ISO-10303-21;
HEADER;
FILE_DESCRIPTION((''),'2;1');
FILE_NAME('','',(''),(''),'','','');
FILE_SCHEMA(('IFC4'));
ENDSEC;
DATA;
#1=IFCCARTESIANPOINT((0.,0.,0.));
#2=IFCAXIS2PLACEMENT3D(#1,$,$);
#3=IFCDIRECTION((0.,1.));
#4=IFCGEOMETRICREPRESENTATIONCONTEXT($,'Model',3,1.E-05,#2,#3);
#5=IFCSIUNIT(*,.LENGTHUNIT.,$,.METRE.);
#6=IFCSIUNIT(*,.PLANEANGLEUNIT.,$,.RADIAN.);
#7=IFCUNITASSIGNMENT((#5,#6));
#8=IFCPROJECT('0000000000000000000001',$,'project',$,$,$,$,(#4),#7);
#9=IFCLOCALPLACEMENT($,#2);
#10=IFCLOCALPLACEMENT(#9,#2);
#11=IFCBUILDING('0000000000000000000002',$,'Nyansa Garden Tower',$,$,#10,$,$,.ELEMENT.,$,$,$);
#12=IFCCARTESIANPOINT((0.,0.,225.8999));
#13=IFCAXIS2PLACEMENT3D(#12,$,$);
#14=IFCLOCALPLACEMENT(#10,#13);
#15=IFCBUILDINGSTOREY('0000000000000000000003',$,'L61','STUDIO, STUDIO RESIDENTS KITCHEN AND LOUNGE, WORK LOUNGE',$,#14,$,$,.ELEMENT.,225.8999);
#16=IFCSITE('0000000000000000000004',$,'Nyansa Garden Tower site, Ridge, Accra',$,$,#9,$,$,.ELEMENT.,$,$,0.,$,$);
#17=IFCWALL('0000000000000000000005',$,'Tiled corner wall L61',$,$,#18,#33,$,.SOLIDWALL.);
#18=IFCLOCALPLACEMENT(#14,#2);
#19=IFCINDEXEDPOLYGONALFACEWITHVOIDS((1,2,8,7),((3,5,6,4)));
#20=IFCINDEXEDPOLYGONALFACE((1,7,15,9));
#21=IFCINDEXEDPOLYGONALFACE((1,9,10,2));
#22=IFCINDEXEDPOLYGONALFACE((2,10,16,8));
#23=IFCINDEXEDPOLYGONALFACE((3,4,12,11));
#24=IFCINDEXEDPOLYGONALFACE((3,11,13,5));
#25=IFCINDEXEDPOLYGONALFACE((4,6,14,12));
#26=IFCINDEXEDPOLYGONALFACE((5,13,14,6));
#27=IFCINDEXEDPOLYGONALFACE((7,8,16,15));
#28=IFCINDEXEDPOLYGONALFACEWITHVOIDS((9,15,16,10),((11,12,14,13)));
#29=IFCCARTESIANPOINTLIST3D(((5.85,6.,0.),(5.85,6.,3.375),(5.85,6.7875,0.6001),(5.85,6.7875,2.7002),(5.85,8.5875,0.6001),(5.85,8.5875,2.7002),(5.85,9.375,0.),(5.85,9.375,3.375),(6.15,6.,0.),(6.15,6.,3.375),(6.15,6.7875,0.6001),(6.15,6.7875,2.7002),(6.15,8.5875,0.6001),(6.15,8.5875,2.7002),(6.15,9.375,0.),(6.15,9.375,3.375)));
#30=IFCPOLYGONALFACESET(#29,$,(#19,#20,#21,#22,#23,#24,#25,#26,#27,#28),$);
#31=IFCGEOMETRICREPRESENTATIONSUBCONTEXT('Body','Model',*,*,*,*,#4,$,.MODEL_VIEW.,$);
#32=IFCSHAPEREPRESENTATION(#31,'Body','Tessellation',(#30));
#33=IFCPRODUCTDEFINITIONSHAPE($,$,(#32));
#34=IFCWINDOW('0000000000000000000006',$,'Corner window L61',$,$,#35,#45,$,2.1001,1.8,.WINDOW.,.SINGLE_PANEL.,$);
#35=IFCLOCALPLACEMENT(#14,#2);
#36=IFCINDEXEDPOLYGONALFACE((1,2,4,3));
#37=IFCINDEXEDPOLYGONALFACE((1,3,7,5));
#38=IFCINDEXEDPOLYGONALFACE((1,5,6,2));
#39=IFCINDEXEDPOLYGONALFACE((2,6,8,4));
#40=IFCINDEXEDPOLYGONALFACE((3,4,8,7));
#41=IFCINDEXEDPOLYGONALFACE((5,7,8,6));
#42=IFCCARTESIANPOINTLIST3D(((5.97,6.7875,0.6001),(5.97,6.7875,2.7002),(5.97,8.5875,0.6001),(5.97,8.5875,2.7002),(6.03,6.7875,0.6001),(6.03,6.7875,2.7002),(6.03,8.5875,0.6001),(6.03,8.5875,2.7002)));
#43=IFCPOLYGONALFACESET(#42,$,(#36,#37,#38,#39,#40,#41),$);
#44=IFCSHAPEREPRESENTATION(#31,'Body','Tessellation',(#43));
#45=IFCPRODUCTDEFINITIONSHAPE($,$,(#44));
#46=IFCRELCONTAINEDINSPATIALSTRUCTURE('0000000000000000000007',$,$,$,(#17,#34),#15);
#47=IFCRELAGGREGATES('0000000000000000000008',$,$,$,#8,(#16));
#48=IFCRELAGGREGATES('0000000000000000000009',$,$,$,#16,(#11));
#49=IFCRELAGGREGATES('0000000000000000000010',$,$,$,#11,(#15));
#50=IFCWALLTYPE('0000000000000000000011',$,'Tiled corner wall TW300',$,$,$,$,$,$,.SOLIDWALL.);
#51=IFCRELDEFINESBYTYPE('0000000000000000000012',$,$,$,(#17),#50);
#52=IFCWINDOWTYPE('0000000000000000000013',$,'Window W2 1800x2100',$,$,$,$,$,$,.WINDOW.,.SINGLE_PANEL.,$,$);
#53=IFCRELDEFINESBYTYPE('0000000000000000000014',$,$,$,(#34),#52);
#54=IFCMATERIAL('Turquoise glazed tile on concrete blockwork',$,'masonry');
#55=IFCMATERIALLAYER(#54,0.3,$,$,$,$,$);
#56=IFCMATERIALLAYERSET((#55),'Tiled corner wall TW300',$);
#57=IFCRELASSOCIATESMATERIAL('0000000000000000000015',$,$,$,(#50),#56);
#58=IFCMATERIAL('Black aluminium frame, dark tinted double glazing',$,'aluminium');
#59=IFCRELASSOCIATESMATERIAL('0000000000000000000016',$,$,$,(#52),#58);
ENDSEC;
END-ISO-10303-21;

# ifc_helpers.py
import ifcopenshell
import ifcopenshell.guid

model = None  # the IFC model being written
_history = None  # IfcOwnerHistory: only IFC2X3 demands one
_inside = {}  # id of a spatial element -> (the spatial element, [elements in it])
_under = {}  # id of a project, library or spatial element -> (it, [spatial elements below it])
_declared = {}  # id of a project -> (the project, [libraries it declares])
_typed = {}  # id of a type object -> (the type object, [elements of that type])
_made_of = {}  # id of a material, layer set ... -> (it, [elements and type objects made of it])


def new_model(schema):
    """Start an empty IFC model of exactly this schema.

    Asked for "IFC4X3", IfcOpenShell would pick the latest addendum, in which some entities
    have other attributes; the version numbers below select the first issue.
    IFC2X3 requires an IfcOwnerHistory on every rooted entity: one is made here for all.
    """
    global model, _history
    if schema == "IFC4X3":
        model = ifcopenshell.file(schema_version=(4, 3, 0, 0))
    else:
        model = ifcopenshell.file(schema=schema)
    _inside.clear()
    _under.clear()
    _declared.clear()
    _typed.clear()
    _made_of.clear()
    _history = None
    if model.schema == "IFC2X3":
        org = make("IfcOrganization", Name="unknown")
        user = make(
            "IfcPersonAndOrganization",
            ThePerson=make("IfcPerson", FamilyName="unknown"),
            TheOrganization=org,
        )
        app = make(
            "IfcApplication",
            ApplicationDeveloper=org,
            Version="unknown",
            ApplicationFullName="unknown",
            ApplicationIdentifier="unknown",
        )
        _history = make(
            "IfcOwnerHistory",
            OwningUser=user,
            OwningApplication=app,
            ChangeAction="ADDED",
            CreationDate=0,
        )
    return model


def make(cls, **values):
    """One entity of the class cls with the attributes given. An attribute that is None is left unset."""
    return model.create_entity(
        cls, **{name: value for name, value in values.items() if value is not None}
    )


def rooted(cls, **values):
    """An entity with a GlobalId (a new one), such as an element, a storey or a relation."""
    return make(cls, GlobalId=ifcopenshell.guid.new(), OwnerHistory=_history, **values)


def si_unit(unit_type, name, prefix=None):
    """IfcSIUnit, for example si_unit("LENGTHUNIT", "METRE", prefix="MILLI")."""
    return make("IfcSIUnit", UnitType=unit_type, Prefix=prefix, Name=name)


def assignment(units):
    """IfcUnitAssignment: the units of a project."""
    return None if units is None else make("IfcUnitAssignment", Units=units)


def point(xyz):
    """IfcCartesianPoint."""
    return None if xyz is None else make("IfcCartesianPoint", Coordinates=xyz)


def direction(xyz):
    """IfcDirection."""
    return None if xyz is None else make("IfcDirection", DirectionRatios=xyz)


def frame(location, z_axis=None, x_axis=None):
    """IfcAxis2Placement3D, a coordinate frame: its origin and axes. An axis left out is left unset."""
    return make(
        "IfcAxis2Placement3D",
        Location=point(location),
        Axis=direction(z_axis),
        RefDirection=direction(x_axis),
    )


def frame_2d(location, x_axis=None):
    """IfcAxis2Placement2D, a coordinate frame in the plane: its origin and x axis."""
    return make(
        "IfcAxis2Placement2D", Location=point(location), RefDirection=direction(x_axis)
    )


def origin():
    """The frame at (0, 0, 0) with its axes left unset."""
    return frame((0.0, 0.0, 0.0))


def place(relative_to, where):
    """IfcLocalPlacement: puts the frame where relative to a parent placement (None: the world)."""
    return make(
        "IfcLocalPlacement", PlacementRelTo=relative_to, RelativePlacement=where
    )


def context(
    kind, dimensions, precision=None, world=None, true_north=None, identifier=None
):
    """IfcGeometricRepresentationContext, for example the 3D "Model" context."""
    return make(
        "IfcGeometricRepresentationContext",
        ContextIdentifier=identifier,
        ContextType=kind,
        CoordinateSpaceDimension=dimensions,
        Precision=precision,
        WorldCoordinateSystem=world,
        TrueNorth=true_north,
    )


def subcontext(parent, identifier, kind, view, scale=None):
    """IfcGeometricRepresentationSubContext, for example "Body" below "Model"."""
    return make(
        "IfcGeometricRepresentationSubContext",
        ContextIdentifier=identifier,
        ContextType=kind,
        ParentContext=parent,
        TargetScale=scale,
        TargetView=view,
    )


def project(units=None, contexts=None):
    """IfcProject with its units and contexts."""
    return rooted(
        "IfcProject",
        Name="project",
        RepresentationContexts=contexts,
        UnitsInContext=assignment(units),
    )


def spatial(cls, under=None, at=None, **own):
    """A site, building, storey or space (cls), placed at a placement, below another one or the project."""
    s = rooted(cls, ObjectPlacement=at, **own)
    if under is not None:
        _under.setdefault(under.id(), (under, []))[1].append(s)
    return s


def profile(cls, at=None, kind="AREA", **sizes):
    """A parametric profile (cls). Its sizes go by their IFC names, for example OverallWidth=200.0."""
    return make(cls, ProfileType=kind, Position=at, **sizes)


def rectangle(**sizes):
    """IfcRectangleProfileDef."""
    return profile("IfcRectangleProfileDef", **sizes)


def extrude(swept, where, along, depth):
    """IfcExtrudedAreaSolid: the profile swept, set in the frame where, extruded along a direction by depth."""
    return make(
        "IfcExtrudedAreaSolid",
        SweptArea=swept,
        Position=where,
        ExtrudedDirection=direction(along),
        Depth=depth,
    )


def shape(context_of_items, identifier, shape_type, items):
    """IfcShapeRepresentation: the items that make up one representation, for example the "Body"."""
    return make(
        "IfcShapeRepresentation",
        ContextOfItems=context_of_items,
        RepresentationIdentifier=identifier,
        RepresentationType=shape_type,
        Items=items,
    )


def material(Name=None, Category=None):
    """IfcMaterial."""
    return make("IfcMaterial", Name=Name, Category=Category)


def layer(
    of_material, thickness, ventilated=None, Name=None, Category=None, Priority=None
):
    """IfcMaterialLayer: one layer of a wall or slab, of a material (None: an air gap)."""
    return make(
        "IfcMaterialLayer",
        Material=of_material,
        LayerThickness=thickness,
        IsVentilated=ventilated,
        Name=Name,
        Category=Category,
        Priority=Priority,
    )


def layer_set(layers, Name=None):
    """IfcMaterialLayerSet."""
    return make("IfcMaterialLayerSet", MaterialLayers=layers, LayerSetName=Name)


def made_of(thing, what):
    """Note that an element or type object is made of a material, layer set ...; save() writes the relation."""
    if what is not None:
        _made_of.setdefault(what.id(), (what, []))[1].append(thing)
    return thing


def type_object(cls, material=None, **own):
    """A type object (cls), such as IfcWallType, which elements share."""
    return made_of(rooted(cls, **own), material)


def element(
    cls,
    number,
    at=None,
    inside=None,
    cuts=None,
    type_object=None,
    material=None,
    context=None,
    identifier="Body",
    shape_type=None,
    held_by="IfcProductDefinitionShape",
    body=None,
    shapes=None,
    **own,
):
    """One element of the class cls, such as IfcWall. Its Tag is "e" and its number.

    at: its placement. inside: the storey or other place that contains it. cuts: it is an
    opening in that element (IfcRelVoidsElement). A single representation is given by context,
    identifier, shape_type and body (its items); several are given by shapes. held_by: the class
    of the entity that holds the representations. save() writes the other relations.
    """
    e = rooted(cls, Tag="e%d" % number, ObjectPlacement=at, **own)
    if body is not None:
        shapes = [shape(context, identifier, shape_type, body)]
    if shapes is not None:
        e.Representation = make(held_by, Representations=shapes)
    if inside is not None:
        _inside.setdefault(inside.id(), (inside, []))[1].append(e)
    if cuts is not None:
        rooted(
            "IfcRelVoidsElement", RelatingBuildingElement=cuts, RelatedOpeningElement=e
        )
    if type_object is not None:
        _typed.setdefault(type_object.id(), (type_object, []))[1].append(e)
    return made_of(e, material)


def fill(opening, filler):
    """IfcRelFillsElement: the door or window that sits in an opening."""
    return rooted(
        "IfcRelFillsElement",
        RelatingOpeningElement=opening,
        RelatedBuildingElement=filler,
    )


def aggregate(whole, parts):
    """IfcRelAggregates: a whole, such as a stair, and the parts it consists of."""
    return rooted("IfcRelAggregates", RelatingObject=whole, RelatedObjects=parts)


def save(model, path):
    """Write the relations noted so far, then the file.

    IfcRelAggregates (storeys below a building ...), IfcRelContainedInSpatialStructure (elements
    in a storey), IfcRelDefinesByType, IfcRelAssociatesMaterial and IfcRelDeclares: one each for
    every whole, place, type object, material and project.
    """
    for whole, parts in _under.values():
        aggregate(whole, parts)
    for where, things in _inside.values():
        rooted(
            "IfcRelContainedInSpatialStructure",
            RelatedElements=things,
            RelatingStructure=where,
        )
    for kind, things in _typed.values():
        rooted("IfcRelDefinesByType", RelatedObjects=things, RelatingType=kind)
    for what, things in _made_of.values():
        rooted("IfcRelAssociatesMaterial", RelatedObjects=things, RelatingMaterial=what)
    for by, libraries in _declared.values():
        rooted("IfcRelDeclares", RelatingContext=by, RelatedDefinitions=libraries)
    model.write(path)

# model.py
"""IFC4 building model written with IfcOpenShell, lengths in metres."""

from ifc_helpers import new_model, si_unit, direction, frame, frame_2d, origin, place, context, subcontext, project, spatial, rectangle, extrude, material, layer, layer_set, type_object, element, fill, save


model = new_model("IFC4")

# Units and contexts
model_context = context("Model", 3, precision=1e-05, world=origin(), true_north=direction((0.0, 1.0)))
body_context = subcontext(model_context, "Body", "Model", "MODEL_VIEW")
ifc_project = project(units=[si_unit("LENGTHUNIT", "METRE"), si_unit("PLANEANGLEUNIT", "RADIAN")], contexts=[model_context])

# Site, building, storey
site_placement = place(None, origin())
site = spatial("IfcSite", under=ifc_project, at=site_placement, Name="Nyansa Garden Tower site, Ridge, Accra", CompositionType="ELEMENT", RefElevation=0.0)
building_placement = place(site_placement, origin())
building = spatial("IfcBuilding", under=site, at=building_placement, Name="Nyansa Garden Tower", CompositionType="ELEMENT")
storey_placement = place(building_placement, frame((0.0, 0.0, 225.8999)))
storey = spatial("IfcBuildingStorey", under=building, at=storey_placement, Name="L61", Description="STUDIO, STUDIO RESIDENTS KITCHEN AND LOUNGE, WORK LOUNGE", CompositionType="ELEMENT", Elevation=225.8999)

# Wall, opening, window
ifc_material_1 = material(Name="Turquoise glazed tile on concrete blockwork", Category="masonry")
ifc_layer_1 = layer(ifc_material_1, 0.3)
ifc_layer_set_1 = layer_set([ifc_layer_1], Name="Tiled corner wall TW300")
wall_type_1 = type_object("IfcWallType", Name="Tiled corner wall TW300", PredefinedType="SOLIDWALL", material=ifc_layer_set_1)
wall_1_placement = place(storey_placement, frame((6.0, 9.375, 0.0), z_axis=(0.0, 0.0, 1.0), x_axis=(0.0, -1.0, 0.0)))
wall_1 = element("IfcWall", 1, at=wall_1_placement, inside=storey, type_object=wall_type_1, Name="Tiled corner wall L61", PredefinedType="SOLIDWALL", context=body_context, shape_type="SweptSolid", body=[
    extrude(rectangle(XDim=3.375, YDim=0.3, at=frame_2d((1.6875, 0.0))), origin(), (0.0, 0.0, 1.0), 3.375),
])
opening_1_placement = place(wall_1_placement, frame((0.7876, 0.0, 0.6001)))
opening_1 = element("IfcOpeningElement", 2, at=opening_1_placement, cuts=wall_1, PredefinedType="OPENING", context=body_context, shape_type="SweptSolid", body=[
    extrude(rectangle(XDim=1.8, YDim=2.1001, at=frame_2d((0.8999, 1.05))), frame((0.0, 0.1599, 0.0), z_axis=(0.0, -1.0, 0.0), x_axis=(1.0, 0.0, 0.0)), (0.0, 0.0, 1.0), 0.3201),
])
ifc_material_2 = material(Name="Black aluminium frame, dark tinted double glazing", Category="aluminium")
window_type = type_object("IfcWindowType", Name="Window W2 1800x2100", PartitioningType="SINGLE_PANEL", PredefinedType="WINDOW", material=ifc_material_2)
window_placement = place(opening_1_placement, origin())
window = element("IfcWindow", 3, at=window_placement, inside=storey, type_object=window_type, Name="Corner window L61", OverallHeight=2.1001, OverallWidth=1.8, PartitioningType="SINGLE_PANEL", PredefinedType="WINDOW", context=body_context, shape_type="SweptSolid", body=[
    extrude(rectangle(XDim=1.8, YDim=2.1001, at=frame_2d((0.8999, 1.05))), frame((0.0, 0.03, 0.0), z_axis=(0.0, -1.0, 0.0), x_axis=(1.0, 0.0, 0.0)), (0.0, 0.0, 1.0), 0.0601),
])
fill(opening_1, window)

save(model, "model.ifc")
